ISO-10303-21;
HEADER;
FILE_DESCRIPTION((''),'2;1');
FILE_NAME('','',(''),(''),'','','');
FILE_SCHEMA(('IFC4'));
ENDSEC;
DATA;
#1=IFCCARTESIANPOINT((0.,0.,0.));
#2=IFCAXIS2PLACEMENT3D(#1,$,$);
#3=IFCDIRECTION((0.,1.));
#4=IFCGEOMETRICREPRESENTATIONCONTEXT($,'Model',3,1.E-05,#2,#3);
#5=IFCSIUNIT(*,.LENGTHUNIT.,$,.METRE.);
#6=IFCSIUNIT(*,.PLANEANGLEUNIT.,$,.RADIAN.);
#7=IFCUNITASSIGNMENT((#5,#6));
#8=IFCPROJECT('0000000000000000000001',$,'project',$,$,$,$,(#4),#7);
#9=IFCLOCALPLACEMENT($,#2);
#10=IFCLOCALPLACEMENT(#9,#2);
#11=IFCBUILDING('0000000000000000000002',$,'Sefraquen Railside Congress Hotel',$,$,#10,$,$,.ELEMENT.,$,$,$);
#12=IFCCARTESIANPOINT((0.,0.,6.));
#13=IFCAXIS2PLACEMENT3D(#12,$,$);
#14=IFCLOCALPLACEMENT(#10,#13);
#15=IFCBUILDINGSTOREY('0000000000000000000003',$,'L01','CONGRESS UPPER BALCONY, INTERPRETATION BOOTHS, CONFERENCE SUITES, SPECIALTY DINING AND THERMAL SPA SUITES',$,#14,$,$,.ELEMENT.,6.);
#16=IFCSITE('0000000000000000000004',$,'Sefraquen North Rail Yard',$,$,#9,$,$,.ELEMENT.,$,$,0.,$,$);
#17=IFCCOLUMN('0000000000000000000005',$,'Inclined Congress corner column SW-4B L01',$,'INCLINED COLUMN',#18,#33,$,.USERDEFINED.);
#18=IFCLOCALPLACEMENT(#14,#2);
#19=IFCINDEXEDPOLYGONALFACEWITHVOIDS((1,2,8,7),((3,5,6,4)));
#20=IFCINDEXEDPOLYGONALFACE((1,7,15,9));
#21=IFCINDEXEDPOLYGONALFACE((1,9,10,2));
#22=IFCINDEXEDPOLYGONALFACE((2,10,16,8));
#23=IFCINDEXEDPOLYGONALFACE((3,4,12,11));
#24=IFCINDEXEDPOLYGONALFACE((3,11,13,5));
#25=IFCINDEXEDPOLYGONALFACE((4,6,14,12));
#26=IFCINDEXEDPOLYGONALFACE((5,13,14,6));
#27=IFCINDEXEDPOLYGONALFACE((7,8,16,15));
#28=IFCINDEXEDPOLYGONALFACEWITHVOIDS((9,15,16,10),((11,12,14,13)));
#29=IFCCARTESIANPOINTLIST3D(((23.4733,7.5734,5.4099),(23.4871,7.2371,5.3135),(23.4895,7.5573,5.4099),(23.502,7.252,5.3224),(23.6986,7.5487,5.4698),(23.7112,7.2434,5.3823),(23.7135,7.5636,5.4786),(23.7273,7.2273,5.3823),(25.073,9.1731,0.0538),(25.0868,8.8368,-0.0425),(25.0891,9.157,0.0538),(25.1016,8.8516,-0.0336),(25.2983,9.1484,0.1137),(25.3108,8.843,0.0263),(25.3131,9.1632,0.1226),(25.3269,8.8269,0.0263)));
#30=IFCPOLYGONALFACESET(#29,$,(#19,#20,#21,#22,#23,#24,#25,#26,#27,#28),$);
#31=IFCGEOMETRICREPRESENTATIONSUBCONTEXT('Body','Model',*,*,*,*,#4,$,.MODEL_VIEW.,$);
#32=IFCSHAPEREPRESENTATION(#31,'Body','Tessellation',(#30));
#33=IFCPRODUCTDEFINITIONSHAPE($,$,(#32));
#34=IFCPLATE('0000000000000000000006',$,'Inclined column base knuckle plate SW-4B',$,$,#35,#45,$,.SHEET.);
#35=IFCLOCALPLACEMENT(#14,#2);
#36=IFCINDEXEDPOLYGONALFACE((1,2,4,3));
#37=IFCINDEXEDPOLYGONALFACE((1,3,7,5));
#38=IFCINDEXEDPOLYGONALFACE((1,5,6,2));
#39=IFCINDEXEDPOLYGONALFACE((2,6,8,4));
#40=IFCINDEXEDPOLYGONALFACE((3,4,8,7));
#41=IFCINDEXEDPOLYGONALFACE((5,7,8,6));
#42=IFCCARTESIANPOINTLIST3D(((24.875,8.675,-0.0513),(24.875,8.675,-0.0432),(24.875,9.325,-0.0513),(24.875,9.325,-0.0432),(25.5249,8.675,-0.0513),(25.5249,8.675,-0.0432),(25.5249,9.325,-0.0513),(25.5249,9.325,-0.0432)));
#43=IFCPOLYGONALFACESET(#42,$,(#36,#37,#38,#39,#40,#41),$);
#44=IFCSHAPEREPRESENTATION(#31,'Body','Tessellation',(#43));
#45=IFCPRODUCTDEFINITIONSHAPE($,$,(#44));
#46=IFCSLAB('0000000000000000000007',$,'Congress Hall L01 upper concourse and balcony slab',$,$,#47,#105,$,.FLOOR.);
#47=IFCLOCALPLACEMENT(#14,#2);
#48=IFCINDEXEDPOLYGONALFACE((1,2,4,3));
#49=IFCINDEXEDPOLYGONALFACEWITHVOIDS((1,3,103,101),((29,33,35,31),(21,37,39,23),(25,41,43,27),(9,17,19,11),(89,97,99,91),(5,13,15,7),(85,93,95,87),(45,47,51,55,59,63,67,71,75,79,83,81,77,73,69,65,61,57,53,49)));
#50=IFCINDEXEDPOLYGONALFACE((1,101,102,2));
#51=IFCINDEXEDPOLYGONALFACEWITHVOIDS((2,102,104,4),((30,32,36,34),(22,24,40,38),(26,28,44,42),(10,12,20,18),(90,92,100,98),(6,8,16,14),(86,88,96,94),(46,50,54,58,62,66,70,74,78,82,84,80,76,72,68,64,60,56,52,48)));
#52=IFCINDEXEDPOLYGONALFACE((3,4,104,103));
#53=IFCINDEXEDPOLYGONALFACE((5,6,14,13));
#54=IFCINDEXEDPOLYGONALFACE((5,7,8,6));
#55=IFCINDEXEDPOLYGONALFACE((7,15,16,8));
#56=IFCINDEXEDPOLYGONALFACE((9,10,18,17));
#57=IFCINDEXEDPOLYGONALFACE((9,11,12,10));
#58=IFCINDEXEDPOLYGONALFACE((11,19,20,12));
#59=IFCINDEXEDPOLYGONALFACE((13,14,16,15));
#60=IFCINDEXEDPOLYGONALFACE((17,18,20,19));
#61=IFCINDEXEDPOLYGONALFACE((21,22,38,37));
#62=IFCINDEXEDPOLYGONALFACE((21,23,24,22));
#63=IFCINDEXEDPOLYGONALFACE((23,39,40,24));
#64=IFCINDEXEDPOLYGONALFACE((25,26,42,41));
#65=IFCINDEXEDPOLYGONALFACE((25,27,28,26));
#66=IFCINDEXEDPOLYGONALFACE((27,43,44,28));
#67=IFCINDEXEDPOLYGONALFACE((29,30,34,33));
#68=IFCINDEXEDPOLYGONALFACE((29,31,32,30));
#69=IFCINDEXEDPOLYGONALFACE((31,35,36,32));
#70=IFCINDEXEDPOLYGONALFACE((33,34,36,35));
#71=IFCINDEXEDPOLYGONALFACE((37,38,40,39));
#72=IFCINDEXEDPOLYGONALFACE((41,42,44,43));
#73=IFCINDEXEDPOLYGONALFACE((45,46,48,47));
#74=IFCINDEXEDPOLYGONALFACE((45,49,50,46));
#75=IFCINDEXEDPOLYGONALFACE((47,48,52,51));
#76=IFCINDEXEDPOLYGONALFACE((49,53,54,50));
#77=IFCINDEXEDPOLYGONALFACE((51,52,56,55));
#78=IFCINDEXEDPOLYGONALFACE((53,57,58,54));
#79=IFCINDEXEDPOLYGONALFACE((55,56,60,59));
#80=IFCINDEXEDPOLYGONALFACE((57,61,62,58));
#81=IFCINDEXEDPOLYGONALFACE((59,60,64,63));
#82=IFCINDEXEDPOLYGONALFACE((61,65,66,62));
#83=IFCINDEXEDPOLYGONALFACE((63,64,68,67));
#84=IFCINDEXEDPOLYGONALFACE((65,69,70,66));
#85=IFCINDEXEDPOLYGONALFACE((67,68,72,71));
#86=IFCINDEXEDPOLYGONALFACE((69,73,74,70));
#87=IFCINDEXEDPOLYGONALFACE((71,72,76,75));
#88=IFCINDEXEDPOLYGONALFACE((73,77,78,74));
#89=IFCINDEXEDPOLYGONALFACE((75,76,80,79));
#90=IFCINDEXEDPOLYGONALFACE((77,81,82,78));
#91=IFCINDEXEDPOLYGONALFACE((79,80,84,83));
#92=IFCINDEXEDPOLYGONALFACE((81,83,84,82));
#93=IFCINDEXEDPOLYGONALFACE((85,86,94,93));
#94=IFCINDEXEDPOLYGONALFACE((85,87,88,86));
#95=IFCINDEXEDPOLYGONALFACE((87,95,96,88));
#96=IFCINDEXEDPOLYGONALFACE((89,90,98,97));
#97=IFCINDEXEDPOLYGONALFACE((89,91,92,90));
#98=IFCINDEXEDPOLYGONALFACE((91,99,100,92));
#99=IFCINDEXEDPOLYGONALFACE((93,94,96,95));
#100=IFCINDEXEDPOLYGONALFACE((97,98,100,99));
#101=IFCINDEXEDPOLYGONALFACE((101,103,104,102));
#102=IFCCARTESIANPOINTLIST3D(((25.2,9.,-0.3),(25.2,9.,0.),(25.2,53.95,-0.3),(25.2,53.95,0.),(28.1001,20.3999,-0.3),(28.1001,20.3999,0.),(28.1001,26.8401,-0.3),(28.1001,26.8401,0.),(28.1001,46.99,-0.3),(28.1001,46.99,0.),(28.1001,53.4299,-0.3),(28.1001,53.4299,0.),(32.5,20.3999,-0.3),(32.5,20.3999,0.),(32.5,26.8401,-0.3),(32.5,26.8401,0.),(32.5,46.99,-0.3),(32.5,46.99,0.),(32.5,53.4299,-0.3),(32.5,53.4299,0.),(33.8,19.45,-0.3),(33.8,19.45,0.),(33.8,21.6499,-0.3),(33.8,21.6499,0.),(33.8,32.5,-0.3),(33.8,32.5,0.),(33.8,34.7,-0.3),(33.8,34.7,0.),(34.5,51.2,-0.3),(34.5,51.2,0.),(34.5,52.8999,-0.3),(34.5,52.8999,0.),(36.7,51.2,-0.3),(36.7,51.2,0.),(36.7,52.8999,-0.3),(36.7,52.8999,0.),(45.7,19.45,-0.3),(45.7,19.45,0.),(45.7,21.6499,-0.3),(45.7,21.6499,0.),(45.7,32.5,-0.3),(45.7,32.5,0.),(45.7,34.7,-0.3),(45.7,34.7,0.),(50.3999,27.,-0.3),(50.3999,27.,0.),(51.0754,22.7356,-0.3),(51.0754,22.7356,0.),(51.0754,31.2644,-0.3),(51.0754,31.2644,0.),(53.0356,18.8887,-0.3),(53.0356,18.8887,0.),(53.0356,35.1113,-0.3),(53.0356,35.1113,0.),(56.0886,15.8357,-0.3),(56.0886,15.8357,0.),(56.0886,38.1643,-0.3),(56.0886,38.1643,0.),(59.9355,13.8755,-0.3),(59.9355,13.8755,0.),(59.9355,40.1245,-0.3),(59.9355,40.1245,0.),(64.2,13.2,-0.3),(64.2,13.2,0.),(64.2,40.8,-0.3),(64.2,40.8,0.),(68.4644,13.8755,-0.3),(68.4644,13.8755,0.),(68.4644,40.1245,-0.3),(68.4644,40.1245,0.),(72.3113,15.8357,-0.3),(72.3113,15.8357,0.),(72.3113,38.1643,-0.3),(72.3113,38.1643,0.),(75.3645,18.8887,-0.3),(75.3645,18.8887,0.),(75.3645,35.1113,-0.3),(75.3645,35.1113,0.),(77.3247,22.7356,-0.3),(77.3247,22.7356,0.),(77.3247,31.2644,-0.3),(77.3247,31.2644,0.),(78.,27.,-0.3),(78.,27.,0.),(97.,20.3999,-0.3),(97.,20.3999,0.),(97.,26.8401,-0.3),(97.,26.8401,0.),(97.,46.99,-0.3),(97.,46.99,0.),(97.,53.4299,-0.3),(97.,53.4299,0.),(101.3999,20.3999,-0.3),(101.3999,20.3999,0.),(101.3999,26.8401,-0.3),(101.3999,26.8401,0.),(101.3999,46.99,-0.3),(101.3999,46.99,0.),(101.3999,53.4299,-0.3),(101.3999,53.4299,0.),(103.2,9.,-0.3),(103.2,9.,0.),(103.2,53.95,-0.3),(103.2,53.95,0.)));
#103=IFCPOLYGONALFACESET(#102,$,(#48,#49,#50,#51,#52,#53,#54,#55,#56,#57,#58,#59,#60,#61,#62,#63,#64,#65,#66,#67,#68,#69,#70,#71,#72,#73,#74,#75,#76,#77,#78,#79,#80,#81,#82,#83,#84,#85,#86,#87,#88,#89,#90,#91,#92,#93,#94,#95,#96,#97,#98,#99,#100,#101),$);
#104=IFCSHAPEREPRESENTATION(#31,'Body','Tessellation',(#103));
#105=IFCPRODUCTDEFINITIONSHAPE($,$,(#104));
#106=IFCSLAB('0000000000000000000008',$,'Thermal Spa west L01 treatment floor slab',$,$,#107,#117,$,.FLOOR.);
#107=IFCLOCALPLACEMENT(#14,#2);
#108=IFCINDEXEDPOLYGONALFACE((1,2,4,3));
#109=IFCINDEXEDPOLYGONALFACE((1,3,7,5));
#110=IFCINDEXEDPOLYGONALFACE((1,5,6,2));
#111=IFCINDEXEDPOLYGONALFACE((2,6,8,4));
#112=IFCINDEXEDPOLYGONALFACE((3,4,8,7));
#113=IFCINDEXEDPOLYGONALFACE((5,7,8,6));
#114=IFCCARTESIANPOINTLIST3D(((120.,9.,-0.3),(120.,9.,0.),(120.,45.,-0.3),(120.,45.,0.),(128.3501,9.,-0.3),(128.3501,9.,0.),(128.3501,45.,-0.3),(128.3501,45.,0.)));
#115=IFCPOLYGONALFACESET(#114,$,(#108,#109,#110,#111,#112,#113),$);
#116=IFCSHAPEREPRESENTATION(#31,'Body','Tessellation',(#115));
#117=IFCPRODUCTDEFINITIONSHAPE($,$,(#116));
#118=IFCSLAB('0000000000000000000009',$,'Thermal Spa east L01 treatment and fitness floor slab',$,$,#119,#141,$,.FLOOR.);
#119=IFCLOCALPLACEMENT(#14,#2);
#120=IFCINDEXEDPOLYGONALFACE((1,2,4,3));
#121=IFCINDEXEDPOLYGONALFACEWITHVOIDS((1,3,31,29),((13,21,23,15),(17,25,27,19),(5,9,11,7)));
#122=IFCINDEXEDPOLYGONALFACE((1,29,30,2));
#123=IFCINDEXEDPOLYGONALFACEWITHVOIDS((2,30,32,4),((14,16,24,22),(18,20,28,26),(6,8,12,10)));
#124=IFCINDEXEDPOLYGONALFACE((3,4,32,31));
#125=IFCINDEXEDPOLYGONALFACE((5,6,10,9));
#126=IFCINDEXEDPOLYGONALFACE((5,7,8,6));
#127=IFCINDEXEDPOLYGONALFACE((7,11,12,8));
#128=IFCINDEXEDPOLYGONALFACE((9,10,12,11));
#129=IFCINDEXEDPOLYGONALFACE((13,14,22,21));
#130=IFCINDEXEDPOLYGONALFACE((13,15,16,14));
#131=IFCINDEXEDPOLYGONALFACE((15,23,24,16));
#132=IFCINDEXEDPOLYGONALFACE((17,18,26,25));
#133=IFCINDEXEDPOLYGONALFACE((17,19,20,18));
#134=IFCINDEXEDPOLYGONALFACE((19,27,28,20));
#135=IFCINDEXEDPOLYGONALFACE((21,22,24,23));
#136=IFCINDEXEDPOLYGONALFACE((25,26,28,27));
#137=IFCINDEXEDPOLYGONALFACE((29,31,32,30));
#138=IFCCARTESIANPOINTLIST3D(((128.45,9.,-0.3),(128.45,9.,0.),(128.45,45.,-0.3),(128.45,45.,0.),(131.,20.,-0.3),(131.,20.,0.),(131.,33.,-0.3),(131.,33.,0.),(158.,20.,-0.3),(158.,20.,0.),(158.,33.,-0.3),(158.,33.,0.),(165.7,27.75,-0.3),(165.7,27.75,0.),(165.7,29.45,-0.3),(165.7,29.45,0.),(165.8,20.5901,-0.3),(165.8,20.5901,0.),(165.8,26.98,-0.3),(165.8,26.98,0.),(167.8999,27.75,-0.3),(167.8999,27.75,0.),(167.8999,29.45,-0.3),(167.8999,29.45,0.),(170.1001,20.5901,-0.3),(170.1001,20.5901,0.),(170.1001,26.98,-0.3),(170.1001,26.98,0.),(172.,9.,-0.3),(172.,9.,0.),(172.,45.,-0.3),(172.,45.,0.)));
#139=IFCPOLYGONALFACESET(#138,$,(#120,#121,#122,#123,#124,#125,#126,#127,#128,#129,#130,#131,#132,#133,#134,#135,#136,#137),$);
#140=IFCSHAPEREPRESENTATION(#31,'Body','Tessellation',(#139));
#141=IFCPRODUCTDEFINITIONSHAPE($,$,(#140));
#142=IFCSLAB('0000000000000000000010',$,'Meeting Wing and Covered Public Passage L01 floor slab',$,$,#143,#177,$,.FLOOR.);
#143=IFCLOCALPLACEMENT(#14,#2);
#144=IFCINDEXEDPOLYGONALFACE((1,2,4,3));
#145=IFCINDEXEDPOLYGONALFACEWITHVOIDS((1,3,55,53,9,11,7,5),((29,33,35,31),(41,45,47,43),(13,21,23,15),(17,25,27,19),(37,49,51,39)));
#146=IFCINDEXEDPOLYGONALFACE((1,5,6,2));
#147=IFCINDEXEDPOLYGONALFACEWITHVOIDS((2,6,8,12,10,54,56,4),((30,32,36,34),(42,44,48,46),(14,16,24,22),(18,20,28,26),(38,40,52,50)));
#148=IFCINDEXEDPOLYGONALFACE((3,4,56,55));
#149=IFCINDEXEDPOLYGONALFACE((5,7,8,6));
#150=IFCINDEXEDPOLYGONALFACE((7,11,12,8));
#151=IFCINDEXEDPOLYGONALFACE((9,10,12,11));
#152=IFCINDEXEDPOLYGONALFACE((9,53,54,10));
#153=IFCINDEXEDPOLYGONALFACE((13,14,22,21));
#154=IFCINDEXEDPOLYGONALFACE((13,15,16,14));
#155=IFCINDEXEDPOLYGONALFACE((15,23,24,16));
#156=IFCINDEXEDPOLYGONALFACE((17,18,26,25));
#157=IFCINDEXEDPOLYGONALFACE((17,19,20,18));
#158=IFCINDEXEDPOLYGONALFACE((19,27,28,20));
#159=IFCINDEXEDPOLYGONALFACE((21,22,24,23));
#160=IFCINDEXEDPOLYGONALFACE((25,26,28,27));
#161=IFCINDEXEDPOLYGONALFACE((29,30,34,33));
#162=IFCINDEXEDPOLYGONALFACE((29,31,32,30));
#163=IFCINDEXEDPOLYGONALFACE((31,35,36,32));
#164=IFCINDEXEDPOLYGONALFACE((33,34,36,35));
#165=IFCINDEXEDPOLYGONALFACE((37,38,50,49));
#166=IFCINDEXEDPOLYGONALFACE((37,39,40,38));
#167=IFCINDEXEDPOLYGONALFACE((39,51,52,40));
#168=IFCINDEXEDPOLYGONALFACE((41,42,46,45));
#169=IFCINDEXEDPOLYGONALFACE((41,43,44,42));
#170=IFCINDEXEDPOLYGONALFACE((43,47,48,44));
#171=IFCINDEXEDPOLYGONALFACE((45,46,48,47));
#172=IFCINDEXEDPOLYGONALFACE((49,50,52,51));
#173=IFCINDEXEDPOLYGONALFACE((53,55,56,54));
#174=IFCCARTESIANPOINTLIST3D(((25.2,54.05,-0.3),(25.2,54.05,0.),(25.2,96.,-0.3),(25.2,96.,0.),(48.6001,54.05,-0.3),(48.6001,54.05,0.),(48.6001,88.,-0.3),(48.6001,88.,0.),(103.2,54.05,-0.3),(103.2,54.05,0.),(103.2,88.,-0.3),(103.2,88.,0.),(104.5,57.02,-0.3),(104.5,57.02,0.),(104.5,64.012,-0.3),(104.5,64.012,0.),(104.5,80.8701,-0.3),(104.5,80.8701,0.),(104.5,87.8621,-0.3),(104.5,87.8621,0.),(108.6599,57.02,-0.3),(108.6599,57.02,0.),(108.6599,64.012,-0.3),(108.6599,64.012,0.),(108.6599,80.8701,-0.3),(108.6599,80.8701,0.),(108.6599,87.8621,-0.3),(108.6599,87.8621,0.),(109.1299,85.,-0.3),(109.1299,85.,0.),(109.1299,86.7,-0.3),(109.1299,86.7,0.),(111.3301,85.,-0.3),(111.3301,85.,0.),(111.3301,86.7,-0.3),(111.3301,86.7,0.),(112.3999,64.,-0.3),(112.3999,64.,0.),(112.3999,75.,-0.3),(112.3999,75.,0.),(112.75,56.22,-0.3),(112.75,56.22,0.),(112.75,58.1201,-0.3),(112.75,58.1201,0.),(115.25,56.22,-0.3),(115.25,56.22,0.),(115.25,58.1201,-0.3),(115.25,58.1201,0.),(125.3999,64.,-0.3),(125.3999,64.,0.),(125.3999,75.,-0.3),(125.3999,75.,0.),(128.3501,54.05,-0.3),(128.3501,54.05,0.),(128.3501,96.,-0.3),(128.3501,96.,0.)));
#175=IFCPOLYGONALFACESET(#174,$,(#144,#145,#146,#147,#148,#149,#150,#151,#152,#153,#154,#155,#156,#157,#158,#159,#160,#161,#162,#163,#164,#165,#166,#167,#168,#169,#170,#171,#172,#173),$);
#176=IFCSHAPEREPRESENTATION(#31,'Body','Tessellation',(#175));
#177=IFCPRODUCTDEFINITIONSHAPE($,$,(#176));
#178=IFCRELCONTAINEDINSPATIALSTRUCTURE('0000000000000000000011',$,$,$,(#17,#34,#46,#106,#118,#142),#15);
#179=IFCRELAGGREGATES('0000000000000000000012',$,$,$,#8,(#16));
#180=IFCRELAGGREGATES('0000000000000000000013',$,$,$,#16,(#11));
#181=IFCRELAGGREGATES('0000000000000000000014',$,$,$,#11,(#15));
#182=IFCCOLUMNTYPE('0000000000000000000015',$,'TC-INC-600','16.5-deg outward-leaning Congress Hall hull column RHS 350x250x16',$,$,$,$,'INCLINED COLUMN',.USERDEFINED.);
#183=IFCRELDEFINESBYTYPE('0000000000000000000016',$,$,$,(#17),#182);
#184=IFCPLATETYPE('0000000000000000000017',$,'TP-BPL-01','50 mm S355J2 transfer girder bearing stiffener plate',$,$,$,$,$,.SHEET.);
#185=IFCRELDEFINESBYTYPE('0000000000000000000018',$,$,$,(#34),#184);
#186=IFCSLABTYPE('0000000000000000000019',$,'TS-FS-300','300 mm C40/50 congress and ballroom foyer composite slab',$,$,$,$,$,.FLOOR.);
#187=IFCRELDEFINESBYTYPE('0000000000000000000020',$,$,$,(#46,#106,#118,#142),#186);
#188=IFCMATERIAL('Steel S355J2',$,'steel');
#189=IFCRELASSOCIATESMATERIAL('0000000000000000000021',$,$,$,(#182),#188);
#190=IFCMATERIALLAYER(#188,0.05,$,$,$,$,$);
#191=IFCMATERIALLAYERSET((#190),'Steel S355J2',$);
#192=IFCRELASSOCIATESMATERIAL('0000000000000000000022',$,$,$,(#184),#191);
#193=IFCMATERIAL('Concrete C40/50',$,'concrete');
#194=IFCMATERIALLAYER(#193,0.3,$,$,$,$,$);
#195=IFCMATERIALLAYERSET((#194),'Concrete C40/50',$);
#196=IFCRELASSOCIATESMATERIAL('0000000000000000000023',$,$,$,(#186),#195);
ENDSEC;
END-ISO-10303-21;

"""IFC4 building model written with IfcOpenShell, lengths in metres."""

from ifc_helpers import new_model, si_unit, direction, frame, origin, origin_2d, place, context, subcontext, project, spatial, polyline, rectangle, hollow_rectangle, outline, extrude, material, layer, layer_set, material_profile, profile_set, type_object, element, save


model = new_model("IFC4")

# Units and contexts
model_context = context("Model", 3, precision=1e-05, world=origin(), true_north=direction((0.0, 1.0)))
body_context = subcontext(model_context, "Body", "Model", "MODEL_VIEW")
ifc_project = project(units=[si_unit("LENGTHUNIT", "METRE"), si_unit("PLANEANGLEUNIT", "RADIAN")], contexts=[model_context])

# Site, building, storey
site_placement = place(None, origin())
site = spatial("IfcSite", under=ifc_project, at=site_placement, Name="Sefraquen North Rail Yard", CompositionType="ELEMENT", RefElevation=0.0)
building_placement = place(site_placement, origin())
building = spatial("IfcBuilding", under=site, at=building_placement, Name="Sefraquen Railside Congress Hotel", CompositionType="ELEMENT")
storey_placement = place(building_placement, frame((0.0, 0.0, 6.0)))
storey = spatial("IfcBuildingStorey", under=building, at=storey_placement, Name="L01", Description="CONGRESS UPPER BALCONY, INTERPRETATION BOOTHS, CONFERENCE SUITES, SPECIALTY DINING AND THERMAL SPA SUITES", CompositionType="ELEMENT", Elevation=6.0)

# Column
ifc_material_1 = material(Name="Steel S355J2", Category="steel")
ifc_material_profile = material_profile(ifc_material_1, hollow_rectangle(XDim=0.25, YDim=0.3501, WallThickness=0.0161, at=origin_2d()), Name="RHS 350x250x16")
ifc_profile_set = profile_set([ifc_material_profile], Name="Steel S355J2")
column_type = type_object("IfcColumnType", Name="TC-INC-600", Description="16.5-deg outward-leaning Congress Hall hull column RHS 350x250x16", ElementType="INCLINED COLUMN", PredefinedType="USERDEFINED", material=ifc_profile_set)
column_placement = place(storey_placement, frame((25.2, 9.0, 0.04), z_axis=(-0.275126, -0.275126, 0.921201), x_axis=(0.960601, -0.039399, 0.275126)))
element("IfcColumn", 1, at=column_placement, inside=storey, type_object=column_type, Name="Inclined Congress corner column SW-4B L01", ObjectType="INCLINED COLUMN", PredefinedType="USERDEFINED", context=body_context, shape_type="SweptSolid", body=[
    extrude(hollow_rectangle(XDim=0.25, YDim=0.3501, WallThickness=0.0161, at=origin_2d()), origin(), (0.0, 0.0, 1.0), 5.8142),
])

# Plate
ifc_layer_1 = layer(ifc_material_1, 0.05)
ifc_layer_set_1 = layer_set([ifc_layer_1], Name="Steel S355J2")
plate_type = type_object("IfcPlateType", Name="TP-BPL-01", Description="50 mm S355J2 transfer girder bearing stiffener plate", PredefinedType="SHEET", material=ifc_layer_set_1)
plate_placement = place(storey_placement, frame((25.2, 9.0, -0.0513), z_axis=(0.0, 0.0, 1.0), x_axis=(1.0, 0.0, 0.0)))
element("IfcPlate", 2, at=plate_placement, inside=storey, type_object=plate_type, Name="Inclined column base knuckle plate SW-4B", PredefinedType="SHEET", context=body_context, shape_type="SweptSolid", body=[
    extrude(rectangle(XDim=0.6499, YDim=0.6499, at=origin_2d()), origin(), (0.0, 0.0, 1.0), 0.0081),
])

# Slabs
ifc_material_2 = material(Name="Concrete C40/50", Category="concrete")
ifc_layer_2 = layer(ifc_material_2, 0.3)
ifc_layer_set_2 = layer_set([ifc_layer_2], Name="Concrete C40/50")
slab_type_1 = type_object("IfcSlabType", Name="TS-FS-300", Description="300 mm C40/50 congress and ballroom foyer composite slab", PredefinedType="FLOOR", material=ifc_layer_set_2)
slab_1_placement = place(storey_placement, frame((0.0, 0.0, -0.3)))
element("IfcSlab", 3, at=slab_1_placement, inside=storey, type_object=slab_type_1, Name="Congress Hall L01 upper concourse and balcony slab", PredefinedType="FLOOR", context=body_context, shape_type="SweptSolid", body=[
    extrude(outline(polyline([(25.2, 9.0), (103.2, 9.0), (103.2, 53.95), (25.2, 53.95), (25.2, 9.0)]), holes=[polyline([(28.1001, 20.3999), (32.5, 20.3999), (32.5, 26.8401), (28.1001, 26.8401), (28.1001, 20.3999)]), polyline([(28.1001, 46.99), (32.5, 46.99), (32.5, 53.4299), (28.1001, 53.4299), (28.1001, 46.99)]), polyline([(97.0, 20.3999), (101.3999, 20.3999), (101.3999, 26.8401), (97.0, 26.8401), (97.0, 20.3999)]), polyline([(97.0, 46.99), (101.3999, 46.99), (101.3999, 53.4299), (97.0, 53.4299), (97.0, 46.99)]), polyline([(34.5, 51.2), (36.7, 51.2), (36.7, 52.8999), (34.5, 52.8999), (34.5, 51.2)]), polyline([(78.0, 27.0), (77.3247, 31.2644), (75.3645, 35.1113), (72.3113, 38.1643), (68.4644, 40.1245), (64.2, 40.8), (59.9355, 40.1245), (56.0886, 38.1643), (53.0356, 35.1113), (51.0754, 31.2644), (50.3999, 27.0), (51.0754, 22.7356), (53.0356, 18.8887), (56.0886, 15.8357), (59.9355, 13.8755), (64.2, 13.2), (68.4644, 13.8755), (72.3113, 15.8357), (75.3645, 18.8887), (77.3247, 22.7356), (78.0, 27.0)]), polyline([(33.8, 19.45), (45.7, 19.45), (45.7, 21.6499), (33.8, 21.6499), (33.8, 19.45)]), polyline([(33.8, 32.5), (45.7, 32.5), (45.7, 34.7), (33.8, 34.7), (33.8, 32.5)])]), origin(), (0.0, 0.0, 1.0), 0.3),
])
slab_2_placement = place(storey_placement, frame((0.0, 0.0, -0.3)))
element("IfcSlab", 4, at=slab_2_placement, inside=storey, type_object=slab_type_1, Name="Thermal Spa west L01 treatment floor slab", PredefinedType="FLOOR", context=body_context, shape_type="SweptSolid", body=[
    extrude(outline(polyline([(120.0, 9.0), (128.3501, 9.0), (128.3501, 45.0), (120.0, 45.0), (120.0, 9.0)])), origin(), (0.0, 0.0, 1.0), 0.3),
])
slab_3_placement = place(storey_placement, frame((0.0, 0.0, -0.3)))
element("IfcSlab", 5, at=slab_3_placement, inside=storey, type_object=slab_type_1, Name="Thermal Spa east L01 treatment and fitness floor slab", PredefinedType="FLOOR", context=body_context, shape_type="SweptSolid", body=[
    extrude(outline(polyline([(128.45, 9.0), (172.0, 9.0), (172.0, 45.0), (128.45, 45.0), (128.45, 9.0)]), holes=[polyline([(165.8, 20.5901), (170.1001, 20.5901), (170.1001, 26.98), (165.8, 26.98), (165.8, 20.5901)]), polyline([(165.7, 27.75), (167.8999, 27.75), (167.8999, 29.45), (165.7, 29.45), (165.7, 27.75)]), polyline([(131.0, 20.0), (158.0, 20.0), (158.0, 33.0), (131.0, 33.0), (131.0, 20.0)])]), origin(), (0.0, 0.0, 1.0), 0.3),
])
slab_4_placement = place(storey_placement, frame((0.0, 0.0, -0.3)))
element("IfcSlab", 6, at=slab_4_placement, inside=storey, type_object=slab_type_1, Name="Meeting Wing and Covered Public Passage L01 floor slab", PredefinedType="FLOOR", context=body_context, shape_type="SweptSolid", body=[
    extrude(outline(polyline([(25.2, 54.05), (48.6001, 54.05), (48.6001, 88.0), (103.2, 88.0), (103.2, 54.05), (128.3501, 54.05), (128.3501, 96.0), (25.2, 96.0), (25.2, 54.05)]), holes=[polyline([(104.5, 80.8701), (108.6599, 80.8701), (108.6599, 87.8621), (104.5, 87.8621), (104.5, 80.8701)]), polyline([(104.5, 57.02), (108.6599, 57.02), (108.6599, 64.012), (104.5, 64.012), (104.5, 57.02)]), polyline([(109.1299, 85.0), (111.3301, 85.0), (111.3301, 86.7), (109.1299, 86.7), (109.1299, 85.0)]), polyline([(112.75, 56.22), (115.25, 56.22), (115.25, 58.1201), (112.75, 58.1201), (112.75, 56.22)]), polyline([(112.3999, 64.0), (125.3999, 64.0), (125.3999, 75.0), (112.3999, 75.0), (112.3999, 64.0)])]), origin(), (0.0, 0.0, 1.0), 0.3),
])

save(model, "model.ifc")
